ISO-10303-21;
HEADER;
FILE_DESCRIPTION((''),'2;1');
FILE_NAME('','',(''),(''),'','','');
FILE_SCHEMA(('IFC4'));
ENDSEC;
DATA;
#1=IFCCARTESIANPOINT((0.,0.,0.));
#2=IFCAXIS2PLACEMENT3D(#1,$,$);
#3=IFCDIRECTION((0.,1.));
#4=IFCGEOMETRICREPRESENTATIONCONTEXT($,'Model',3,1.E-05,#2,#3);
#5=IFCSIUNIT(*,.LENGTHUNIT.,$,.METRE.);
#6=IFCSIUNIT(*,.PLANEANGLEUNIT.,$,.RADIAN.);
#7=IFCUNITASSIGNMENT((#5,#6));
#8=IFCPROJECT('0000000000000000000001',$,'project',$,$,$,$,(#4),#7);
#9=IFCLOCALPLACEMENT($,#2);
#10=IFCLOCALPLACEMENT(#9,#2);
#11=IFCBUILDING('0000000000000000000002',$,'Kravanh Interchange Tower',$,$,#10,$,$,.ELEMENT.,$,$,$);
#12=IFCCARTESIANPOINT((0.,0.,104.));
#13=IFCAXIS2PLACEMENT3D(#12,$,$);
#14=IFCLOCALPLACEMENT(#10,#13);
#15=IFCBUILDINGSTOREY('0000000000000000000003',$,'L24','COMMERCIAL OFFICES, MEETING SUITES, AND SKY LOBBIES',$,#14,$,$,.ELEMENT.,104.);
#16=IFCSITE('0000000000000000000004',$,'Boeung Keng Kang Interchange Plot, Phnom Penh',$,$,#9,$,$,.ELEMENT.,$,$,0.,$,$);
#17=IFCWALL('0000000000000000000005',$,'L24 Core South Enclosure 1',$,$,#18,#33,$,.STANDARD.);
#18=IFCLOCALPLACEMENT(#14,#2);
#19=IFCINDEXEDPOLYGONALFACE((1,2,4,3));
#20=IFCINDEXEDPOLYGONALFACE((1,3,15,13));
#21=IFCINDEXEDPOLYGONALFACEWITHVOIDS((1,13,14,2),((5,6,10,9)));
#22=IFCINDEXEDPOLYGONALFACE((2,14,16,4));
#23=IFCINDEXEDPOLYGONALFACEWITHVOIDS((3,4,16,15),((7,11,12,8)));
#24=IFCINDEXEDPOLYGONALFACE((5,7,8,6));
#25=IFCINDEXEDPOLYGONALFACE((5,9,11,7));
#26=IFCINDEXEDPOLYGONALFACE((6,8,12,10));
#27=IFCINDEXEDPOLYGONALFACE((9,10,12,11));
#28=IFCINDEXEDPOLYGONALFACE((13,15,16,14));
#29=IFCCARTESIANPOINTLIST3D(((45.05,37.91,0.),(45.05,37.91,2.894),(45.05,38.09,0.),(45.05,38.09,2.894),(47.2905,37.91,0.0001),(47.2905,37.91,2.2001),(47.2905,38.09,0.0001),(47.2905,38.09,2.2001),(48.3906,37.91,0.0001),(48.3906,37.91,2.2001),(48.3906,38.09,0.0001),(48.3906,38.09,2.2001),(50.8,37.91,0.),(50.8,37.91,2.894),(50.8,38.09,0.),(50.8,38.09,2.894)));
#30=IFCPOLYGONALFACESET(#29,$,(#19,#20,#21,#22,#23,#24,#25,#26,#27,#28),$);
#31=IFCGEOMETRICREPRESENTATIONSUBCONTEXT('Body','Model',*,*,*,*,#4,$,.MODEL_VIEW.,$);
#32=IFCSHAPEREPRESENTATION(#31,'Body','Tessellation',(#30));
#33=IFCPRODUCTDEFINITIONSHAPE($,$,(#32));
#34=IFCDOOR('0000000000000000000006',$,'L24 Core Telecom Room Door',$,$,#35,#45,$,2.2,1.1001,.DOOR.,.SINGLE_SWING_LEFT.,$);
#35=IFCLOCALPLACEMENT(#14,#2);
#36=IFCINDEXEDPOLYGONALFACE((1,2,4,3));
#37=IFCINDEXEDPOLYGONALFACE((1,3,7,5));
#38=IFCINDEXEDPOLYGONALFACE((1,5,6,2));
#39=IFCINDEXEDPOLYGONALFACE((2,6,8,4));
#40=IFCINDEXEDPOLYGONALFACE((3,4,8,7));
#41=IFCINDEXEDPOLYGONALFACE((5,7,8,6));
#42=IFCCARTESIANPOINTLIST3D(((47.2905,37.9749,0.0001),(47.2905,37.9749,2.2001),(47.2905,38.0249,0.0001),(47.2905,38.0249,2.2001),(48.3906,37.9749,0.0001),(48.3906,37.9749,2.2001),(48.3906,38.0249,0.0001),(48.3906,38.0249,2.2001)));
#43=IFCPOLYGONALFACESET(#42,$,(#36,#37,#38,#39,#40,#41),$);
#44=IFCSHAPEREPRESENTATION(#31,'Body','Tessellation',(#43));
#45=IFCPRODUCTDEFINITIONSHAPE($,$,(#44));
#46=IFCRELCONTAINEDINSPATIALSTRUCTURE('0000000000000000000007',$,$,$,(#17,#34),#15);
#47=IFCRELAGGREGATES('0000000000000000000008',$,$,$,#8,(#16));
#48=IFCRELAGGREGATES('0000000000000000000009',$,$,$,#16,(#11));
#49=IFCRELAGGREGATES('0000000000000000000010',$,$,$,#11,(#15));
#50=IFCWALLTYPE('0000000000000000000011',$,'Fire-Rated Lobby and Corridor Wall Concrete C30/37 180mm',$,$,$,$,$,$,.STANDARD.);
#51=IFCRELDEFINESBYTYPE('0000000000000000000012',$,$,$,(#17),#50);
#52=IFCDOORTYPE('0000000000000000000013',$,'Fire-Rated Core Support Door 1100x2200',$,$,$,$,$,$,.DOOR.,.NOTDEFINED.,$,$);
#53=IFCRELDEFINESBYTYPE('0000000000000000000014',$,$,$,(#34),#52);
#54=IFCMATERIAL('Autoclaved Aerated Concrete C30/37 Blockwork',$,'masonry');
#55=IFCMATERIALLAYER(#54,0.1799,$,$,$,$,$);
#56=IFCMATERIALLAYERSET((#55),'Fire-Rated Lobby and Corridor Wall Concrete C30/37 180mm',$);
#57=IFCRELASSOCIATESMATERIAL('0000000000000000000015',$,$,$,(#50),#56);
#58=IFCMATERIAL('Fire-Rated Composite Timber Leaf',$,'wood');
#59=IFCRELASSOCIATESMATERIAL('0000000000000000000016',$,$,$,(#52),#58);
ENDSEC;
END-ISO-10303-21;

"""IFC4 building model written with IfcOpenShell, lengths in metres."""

from ifc_helpers import new_model, si_unit, direction, frame, frame_2d, origin, place, context, subcontext, project, spatial, rectangle, extrude, material, layer, layer_set, type_object, element, fill, save


model = new_model("IFC4")

# Units and contexts
model_context = context("Model", 3, precision=1e-05, world=origin(), true_north=direction((0.0, 1.0)))
body_context = subcontext(model_context, "Body", "Model", "MODEL_VIEW")
ifc_project = project(units=[si_unit("LENGTHUNIT", "METRE"), si_unit("PLANEANGLEUNIT", "RADIAN")], contexts=[model_context])

# Site, building, storey
site_placement = place(None, origin())
site = spatial("IfcSite", under=ifc_project, at=site_placement, Name="Boeung Keng Kang Interchange Plot, Phnom Penh", CompositionType="ELEMENT", RefElevation=0.0)
building_placement = place(site_placement, origin())
building = spatial("IfcBuilding", under=site, at=building_placement, Name="Kravanh Interchange Tower", CompositionType="ELEMENT")
storey_placement = place(building_placement, frame((0.0, 0.0, 104.0)))
storey = spatial("IfcBuildingStorey", under=building, at=storey_placement, Name="L24", Description="COMMERCIAL OFFICES, MEETING SUITES, AND SKY LOBBIES", CompositionType="ELEMENT", Elevation=104.0)

# Wall, opening, door
ifc_material_1 = material(Name="Autoclaved Aerated Concrete C30/37 Blockwork", Category="masonry")
ifc_layer_1 = layer(ifc_material_1, 0.1799)
ifc_layer_set_1 = layer_set([ifc_layer_1], Name="Fire-Rated Lobby and Corridor Wall Concrete C30/37 180mm")
wall_type_1 = type_object("IfcWallType", Name="Fire-Rated Lobby and Corridor Wall Concrete C30/37 180mm", PredefinedType="STANDARD", material=ifc_layer_set_1)
wall_1_placement = place(storey_placement, frame((45.05, 38.0, 0.0), z_axis=(0.0, 0.0, 1.0), x_axis=(1.0, 0.0, 0.0)))
wall_1 = element("IfcWall", 1, at=wall_1_placement, inside=storey, type_object=wall_type_1, Name="L24 Core South Enclosure 1", PredefinedType="STANDARD", context=body_context, shape_type="SweptSolid", body=[
    extrude(rectangle(XDim=5.75, YDim=0.1799, at=frame_2d((2.875, 0.0))), origin(), (0.0, 0.0, 1.0), 2.894),
])
opening_1_placement = place(wall_1_placement, frame((2.2405, 0.0, 0.0)))
opening_1 = element("IfcOpeningElement", 2, at=opening_1_placement, cuts=wall_1, PredefinedType="OPENING", context=body_context, shape_type="SweptSolid", body=[
    extrude(rectangle(XDim=1.1001, YDim=2.2, at=frame_2d((0.55, 1.1001))), frame((0.0, 0.1001, 0.0), z_axis=(0.0, -1.0, 0.0), x_axis=(1.0, 0.0, 0.0)), (0.0, 0.0, 1.0), 0.2),
])
ifc_material_2 = material(Name="Fire-Rated Composite Timber Leaf", Category="wood")
door_type_1 = type_object("IfcDoorType", Name="Fire-Rated Core Support Door 1100x2200", OperationType="NOTDEFINED", PredefinedType="DOOR", material=ifc_material_2)
door_1_placement = place(opening_1_placement, origin())
door_1 = element("IfcDoor", 3, at=door_1_placement, inside=storey, type_object=door_type_1, Name="L24 Core Telecom Room Door", OperationType="SINGLE_SWING_LEFT", OverallHeight=2.2, OverallWidth=1.1001, PredefinedType="DOOR", context=body_context, shape_type="SweptSolid", body=[
    extrude(rectangle(XDim=1.1001, YDim=2.2, at=frame_2d((0.55, 1.1001))), frame((0.0, 0.0249, 0.0), z_axis=(0.0, -1.0, 0.0), x_axis=(1.0, 0.0, 0.0)), (0.0, 0.0, 1.0), 0.05),
])
fill(opening_1, door_1)

save(model, "model.ifc")
